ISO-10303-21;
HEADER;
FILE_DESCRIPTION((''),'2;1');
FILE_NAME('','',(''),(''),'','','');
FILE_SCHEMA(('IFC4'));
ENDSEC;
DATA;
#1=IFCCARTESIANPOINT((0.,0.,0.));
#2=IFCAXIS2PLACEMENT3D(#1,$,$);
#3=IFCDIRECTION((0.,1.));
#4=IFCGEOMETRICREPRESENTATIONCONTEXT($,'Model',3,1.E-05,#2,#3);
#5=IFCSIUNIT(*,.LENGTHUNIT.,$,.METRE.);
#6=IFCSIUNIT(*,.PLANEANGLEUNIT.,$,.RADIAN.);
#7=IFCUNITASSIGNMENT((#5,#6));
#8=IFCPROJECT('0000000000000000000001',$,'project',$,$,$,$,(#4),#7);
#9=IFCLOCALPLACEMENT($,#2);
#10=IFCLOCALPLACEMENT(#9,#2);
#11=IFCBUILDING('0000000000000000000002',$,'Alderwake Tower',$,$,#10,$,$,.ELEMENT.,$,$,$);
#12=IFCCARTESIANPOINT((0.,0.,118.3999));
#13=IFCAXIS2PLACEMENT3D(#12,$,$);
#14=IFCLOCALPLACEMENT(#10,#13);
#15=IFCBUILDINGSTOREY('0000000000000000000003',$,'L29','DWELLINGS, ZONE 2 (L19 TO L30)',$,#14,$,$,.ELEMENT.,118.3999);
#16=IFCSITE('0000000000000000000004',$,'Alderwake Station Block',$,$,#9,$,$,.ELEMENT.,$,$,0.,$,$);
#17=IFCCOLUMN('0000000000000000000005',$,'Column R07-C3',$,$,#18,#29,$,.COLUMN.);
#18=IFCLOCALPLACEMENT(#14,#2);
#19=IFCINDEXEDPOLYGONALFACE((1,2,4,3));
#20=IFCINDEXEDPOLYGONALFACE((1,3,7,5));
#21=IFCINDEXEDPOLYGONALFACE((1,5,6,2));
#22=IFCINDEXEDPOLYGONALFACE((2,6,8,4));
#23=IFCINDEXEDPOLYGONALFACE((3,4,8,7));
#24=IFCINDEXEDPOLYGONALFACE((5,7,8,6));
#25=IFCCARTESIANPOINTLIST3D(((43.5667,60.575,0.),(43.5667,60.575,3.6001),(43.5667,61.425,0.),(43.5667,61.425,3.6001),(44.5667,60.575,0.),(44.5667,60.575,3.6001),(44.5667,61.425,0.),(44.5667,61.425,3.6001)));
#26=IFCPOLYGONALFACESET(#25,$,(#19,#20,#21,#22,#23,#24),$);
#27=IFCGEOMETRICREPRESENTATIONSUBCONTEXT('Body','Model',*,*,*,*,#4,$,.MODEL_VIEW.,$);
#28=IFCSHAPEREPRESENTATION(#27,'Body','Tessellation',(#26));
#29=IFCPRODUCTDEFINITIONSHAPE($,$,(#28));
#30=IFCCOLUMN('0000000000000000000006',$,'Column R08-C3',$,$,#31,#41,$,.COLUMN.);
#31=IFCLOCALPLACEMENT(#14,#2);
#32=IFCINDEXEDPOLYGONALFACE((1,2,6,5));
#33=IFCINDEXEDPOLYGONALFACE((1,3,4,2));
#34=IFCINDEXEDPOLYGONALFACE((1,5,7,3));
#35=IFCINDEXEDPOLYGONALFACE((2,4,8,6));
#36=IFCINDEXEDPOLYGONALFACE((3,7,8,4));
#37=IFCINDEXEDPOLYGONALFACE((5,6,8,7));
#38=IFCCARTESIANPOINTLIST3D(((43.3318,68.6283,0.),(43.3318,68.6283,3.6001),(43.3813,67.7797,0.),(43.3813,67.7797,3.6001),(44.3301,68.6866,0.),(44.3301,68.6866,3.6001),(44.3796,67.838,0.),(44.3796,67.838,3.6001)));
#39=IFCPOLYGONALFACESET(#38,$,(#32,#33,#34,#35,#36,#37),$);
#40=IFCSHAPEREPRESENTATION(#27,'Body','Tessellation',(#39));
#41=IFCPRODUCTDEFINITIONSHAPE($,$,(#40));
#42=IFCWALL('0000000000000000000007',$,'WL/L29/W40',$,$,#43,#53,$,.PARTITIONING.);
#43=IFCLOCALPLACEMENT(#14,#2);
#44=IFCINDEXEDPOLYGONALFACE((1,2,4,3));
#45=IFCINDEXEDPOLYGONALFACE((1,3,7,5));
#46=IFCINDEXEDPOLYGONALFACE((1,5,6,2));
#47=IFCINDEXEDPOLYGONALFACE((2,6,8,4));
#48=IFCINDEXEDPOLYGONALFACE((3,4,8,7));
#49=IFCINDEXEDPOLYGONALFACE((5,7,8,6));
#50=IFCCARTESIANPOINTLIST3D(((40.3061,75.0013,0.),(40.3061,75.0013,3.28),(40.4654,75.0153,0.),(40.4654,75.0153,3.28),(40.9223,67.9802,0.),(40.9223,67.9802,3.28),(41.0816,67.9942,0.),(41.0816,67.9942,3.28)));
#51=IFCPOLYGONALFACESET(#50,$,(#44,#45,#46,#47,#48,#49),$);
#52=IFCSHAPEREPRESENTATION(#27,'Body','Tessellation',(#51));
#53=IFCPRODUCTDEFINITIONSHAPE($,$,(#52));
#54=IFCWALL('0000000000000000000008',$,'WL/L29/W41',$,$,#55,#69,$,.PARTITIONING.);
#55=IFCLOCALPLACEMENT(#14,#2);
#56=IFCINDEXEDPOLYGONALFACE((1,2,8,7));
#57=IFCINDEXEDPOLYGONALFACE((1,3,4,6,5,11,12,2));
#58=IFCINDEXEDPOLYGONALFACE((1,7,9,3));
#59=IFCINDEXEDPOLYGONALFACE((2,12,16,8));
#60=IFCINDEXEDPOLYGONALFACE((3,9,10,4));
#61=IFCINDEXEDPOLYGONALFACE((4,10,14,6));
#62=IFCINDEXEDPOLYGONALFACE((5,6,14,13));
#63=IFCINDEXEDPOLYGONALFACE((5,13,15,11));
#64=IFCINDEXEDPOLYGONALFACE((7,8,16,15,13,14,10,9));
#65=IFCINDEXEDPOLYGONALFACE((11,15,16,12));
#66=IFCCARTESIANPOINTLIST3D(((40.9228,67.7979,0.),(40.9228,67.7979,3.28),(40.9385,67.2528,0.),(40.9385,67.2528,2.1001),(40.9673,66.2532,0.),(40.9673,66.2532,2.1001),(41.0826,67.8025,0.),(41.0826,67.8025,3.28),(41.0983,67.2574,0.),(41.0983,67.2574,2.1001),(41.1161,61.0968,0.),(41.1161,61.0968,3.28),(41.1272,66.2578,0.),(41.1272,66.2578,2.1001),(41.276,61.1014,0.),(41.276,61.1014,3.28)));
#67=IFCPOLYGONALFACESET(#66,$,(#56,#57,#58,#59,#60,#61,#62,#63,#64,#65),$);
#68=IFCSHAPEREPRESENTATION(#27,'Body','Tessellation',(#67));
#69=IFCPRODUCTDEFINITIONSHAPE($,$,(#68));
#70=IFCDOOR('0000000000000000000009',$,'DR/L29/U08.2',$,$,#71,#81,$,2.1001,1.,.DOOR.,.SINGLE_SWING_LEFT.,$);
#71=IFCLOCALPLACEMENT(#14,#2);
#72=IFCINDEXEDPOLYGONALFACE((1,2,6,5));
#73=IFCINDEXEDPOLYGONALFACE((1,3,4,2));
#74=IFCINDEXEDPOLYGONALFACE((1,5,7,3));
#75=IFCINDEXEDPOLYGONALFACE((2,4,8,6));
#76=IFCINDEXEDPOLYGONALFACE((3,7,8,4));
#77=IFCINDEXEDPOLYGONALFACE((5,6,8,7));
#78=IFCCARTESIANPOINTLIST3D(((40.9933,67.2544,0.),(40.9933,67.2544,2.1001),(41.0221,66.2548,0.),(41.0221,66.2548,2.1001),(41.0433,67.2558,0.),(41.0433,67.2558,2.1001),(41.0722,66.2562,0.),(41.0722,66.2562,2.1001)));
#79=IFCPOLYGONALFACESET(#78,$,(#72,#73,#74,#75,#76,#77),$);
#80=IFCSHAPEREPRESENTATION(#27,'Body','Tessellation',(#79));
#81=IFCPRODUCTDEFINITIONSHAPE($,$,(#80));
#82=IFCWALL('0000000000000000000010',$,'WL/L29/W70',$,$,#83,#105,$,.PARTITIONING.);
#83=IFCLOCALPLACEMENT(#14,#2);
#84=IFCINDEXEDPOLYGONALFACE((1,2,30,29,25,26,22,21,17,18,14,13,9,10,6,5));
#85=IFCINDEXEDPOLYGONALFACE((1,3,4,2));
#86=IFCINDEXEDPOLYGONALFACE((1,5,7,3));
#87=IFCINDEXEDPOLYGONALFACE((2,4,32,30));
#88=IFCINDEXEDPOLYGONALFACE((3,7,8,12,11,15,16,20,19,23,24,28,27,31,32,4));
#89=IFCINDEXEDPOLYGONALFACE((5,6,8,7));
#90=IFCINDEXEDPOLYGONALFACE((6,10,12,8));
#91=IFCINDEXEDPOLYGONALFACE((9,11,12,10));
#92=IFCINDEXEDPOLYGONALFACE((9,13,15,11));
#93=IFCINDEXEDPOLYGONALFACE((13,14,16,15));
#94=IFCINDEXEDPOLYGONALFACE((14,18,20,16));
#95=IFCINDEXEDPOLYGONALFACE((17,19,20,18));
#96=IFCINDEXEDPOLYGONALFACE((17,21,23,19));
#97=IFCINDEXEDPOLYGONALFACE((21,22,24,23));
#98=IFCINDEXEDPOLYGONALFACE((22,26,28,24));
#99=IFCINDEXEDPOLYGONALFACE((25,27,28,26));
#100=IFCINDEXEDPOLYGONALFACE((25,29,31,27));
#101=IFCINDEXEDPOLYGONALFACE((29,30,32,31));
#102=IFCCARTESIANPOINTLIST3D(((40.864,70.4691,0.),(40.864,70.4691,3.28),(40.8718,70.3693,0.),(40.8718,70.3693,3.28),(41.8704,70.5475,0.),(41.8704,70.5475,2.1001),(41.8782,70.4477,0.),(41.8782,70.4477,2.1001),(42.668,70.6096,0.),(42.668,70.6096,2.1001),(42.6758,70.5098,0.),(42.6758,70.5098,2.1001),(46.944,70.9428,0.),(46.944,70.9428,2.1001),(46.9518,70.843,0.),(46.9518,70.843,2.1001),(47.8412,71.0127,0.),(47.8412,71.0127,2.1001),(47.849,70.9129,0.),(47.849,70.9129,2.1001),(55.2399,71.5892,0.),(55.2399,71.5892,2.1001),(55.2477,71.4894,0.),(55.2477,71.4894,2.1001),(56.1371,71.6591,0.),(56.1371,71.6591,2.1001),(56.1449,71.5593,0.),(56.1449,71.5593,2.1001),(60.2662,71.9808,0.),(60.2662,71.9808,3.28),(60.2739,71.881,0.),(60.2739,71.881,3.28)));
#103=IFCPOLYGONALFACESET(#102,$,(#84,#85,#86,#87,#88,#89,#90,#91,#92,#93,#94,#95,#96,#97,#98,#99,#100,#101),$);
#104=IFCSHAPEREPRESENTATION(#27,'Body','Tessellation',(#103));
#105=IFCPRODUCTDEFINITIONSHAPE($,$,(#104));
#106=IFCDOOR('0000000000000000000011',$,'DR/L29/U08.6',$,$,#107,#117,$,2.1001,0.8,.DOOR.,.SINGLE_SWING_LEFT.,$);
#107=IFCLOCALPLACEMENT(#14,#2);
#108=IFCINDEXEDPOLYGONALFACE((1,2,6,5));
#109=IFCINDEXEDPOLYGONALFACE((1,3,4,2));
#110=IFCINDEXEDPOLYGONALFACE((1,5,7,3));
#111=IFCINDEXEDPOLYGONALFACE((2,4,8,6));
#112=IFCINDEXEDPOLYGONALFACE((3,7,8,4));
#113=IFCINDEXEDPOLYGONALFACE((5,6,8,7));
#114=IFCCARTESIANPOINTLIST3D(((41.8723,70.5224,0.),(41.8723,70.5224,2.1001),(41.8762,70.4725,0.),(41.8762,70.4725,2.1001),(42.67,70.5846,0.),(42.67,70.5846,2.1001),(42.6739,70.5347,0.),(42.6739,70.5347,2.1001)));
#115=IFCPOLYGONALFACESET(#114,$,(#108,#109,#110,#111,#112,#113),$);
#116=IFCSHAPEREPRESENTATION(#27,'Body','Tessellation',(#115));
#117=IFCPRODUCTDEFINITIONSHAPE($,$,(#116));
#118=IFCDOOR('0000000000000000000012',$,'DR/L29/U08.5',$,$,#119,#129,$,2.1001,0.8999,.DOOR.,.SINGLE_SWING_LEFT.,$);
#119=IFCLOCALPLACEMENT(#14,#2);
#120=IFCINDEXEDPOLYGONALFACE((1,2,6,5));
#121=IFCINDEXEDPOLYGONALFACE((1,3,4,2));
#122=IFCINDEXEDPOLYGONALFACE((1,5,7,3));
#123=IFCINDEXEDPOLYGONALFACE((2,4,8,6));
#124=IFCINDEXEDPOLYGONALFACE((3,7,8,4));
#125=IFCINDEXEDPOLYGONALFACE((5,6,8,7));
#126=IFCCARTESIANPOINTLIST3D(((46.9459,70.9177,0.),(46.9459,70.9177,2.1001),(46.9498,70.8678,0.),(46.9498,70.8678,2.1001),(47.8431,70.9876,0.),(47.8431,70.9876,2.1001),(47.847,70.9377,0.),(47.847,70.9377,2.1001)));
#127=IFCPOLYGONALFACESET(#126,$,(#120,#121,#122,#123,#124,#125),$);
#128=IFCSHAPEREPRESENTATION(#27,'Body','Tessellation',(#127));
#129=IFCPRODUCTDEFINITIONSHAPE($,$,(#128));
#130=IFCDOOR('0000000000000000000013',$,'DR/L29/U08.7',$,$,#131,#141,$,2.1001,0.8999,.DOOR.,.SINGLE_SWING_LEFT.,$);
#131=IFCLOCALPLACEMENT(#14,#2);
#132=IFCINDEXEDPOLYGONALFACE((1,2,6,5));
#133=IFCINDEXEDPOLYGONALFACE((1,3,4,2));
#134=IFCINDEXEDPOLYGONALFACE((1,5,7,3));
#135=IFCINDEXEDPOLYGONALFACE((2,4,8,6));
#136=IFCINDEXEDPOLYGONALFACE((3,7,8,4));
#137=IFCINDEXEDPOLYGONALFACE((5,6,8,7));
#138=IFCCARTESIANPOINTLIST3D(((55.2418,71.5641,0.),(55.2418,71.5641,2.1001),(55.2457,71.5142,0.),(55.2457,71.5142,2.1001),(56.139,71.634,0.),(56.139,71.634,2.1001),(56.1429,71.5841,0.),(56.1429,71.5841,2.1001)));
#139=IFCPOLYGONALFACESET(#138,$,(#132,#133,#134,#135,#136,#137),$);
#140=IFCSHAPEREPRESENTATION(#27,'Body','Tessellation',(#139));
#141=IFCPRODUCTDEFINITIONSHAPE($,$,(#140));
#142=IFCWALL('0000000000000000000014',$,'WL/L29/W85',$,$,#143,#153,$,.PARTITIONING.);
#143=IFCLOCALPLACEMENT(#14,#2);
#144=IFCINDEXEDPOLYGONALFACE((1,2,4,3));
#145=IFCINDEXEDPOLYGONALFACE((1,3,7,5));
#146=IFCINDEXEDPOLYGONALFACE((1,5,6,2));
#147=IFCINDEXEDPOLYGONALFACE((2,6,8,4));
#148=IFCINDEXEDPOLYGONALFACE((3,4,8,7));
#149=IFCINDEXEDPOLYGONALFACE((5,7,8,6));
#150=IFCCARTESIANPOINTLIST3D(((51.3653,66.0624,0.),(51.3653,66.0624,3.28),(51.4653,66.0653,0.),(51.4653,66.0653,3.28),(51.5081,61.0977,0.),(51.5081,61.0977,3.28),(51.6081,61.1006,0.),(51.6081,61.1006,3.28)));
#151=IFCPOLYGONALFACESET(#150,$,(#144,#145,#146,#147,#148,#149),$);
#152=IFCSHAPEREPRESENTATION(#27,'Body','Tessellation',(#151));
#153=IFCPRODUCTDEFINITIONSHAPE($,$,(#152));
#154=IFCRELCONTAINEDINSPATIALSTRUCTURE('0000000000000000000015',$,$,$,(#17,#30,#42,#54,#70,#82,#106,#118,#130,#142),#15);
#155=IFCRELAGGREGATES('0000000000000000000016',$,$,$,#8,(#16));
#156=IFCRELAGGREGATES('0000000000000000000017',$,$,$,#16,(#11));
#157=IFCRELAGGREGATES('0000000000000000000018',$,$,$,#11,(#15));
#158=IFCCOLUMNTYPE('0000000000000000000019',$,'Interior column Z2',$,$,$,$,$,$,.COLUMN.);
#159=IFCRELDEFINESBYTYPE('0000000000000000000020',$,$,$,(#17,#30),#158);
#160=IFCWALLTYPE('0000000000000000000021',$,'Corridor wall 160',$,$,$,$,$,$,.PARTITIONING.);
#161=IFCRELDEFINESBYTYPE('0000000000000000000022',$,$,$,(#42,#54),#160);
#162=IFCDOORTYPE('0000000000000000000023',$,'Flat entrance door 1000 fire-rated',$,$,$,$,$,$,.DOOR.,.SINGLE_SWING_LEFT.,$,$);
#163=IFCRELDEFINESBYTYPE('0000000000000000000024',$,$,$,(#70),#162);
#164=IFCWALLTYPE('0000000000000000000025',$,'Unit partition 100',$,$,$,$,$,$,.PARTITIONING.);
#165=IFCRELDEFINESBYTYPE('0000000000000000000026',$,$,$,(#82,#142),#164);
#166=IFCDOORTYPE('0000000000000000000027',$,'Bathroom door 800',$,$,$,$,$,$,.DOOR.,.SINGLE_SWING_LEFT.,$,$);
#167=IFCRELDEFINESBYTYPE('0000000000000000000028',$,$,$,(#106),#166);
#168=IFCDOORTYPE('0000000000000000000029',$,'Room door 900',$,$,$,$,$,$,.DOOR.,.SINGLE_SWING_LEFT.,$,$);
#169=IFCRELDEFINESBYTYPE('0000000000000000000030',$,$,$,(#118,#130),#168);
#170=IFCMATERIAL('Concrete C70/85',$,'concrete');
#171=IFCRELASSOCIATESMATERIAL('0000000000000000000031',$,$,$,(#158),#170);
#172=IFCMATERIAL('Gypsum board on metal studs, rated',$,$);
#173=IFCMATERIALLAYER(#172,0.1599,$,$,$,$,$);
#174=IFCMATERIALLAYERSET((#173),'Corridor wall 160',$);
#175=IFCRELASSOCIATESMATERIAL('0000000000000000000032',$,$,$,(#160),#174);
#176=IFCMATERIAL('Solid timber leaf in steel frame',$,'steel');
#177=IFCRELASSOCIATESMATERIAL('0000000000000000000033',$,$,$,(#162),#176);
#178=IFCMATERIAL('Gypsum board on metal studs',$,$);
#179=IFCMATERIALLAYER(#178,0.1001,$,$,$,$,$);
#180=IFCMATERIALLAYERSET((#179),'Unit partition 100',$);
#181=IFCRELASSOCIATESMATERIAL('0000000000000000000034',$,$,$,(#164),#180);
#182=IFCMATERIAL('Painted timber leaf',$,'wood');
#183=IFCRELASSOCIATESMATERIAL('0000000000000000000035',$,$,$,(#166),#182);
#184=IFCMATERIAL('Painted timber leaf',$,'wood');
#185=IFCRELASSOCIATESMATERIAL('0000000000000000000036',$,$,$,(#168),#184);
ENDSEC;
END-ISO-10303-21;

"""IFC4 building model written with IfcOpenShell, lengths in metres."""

from ifc_helpers import new_model, si_unit, direction, frame, frame_2d, origin, origin_2d, place, context, subcontext, project, spatial, rectangle, extrude, material, layer, layer_set, material_profile, profile_set, type_object, element, fill, save


model = new_model("IFC4")

# Units and contexts
model_context = context("Model", 3, precision=1e-05, world=origin(), true_north=direction((0.0, 1.0)))
body_context = subcontext(model_context, "Body", "Model", "MODEL_VIEW")
ifc_project = project(units=[si_unit("LENGTHUNIT", "METRE"), si_unit("PLANEANGLEUNIT", "RADIAN")], contexts=[model_context])

# Site, building, storey
site_placement = place(None, origin())
site = spatial("IfcSite", under=ifc_project, at=site_placement, Name="Alderwake Station Block", CompositionType="ELEMENT", RefElevation=0.0)
building_placement = place(site_placement, origin())
building = spatial("IfcBuilding", under=site, at=building_placement, Name="Alderwake Tower", CompositionType="ELEMENT")
storey_placement = place(building_placement, frame((0.0, 0.0, 118.3999)))
storey = spatial("IfcBuildingStorey", under=building, at=storey_placement, Name="L29", Description="DWELLINGS, ZONE 2 (L19 TO L30)", CompositionType="ELEMENT", Elevation=118.3999)

# Columns
ifc_material_1 = material(Name="Concrete C70/85", Category="concrete")
ifc_material_profile = material_profile(ifc_material_1, rectangle(XDim=0.8501, YDim=1.0, at=origin_2d()), Name="RC 1000X850")
ifc_profile_set = profile_set([ifc_material_profile], Name="Concrete C70/85")
column_type = type_object("IfcColumnType", Name="Interior column Z2", PredefinedType="COLUMN", material=ifc_profile_set)
for number, where, z_axis, x_axis, name in (
    (1, (44.0667, 61.0, 0.0), (0.0, 0.0, 1.0), (0.0, 1.0, 0.0), "Column R07-C3"),
    (2, (43.8557, 68.2332, 0.0), (0.0, 0.0, 1.0), (-0.058299, 0.998299, 0.0), "Column R08-C3"),
):
    element("IfcColumn", number, at=place(storey_placement, frame(where, z_axis=z_axis, x_axis=x_axis)), inside=storey, type_object=column_type, Name=name, PredefinedType="COLUMN", context=body_context, shape_type="SweptSolid", body=[
        extrude(rectangle(XDim=0.8501, YDim=1.0, at=origin_2d()), origin(), (0.0, 0.0, 1.0), 3.6001),
    ])

# Wall
ifc_material_2 = material(Name="Gypsum board on metal studs, rated")
ifc_layer_1 = layer(ifc_material_2, 0.1599)
ifc_layer_set_1 = layer_set([ifc_layer_1], Name="Corridor wall 160")
wall_type_1 = type_object("IfcWallType", Name="Corridor wall 160", PredefinedType="PARTITIONING", material=ifc_layer_set_1)
wall_1_placement = place(storey_placement, frame((41.002, 67.9873, 0.0), z_axis=(0.0, 0.0, 1.0), x_axis=(-0.087431, 0.996171, 0.0)))
element("IfcWall", 3, at=wall_1_placement, inside=storey, type_object=wall_type_1, Name="WL/L29/W40", PredefinedType="PARTITIONING", context=body_context, shape_type="SweptSolid", body=[
    extrude(rectangle(XDim=7.0481, YDim=0.1599, at=frame_2d((3.5239, 0.0))), origin(), (0.0, 0.0, 1.0), 3.28),
])

# Wall, opening, door
wall_2_placement = place(storey_placement, frame((41.0027, 67.8003, 0.0), z_axis=(0.0, 0.0, 1.0), x_axis=(0.028843, -0.999584, 0.0)))
wall_2 = element("IfcWall", 4, at=wall_2_placement, inside=storey, type_object=wall_type_1, Name="WL/L29/W41", PredefinedType="PARTITIONING", context=body_context, shape_type="SweptSolid", body=[
    extrude(rectangle(XDim=6.7039, YDim=0.1599, at=frame_2d((3.3521, 0.0))), origin(), (0.0, 0.0, 1.0), 3.28),
])
opening_1_placement = place(wall_2_placement, frame((0.5454, 0.0, 0.0)))
opening_1 = element("IfcOpeningElement", 5, at=opening_1_placement, cuts=wall_2, PredefinedType="OPENING", context=body_context, shape_type="SweptSolid", body=[
    extrude(rectangle(XDim=1.0, YDim=2.1001, at=frame_2d((0.5, 1.05))), frame((0.0, 0.0898, 0.0), z_axis=(0.0, -1.0, 0.0), x_axis=(1.0, 0.0, 0.0)), (0.0, 0.0, 1.0), 0.1799),
])
ifc_material_3 = material(Name="Solid timber leaf in steel frame", Category="steel")
door_type_1 = type_object("IfcDoorType", Name="Flat entrance door 1000 fire-rated", OperationType="SINGLE_SWING_LEFT", PredefinedType="DOOR", material=ifc_material_3)
door_1_placement = place(opening_1_placement, origin())
door_1 = element("IfcDoor", 6, at=door_1_placement, inside=storey, type_object=door_type_1, Name="DR/L29/U08.2", OperationType="SINGLE_SWING_LEFT", OverallHeight=2.1001, OverallWidth=1.0, PredefinedType="DOOR", context=body_context, shape_type="SweptSolid", body=[
    extrude(rectangle(XDim=1.0, YDim=2.1001, at=frame_2d((0.5, 1.05))), frame((0.0, 0.0249, 0.0), z_axis=(0.0, -1.0, 0.0), x_axis=(1.0, 0.0, 0.0)), (0.0, 0.0, 1.0), 0.05),
])
fill(opening_1, door_1)

# Wall, openings, doors
ifc_material_4 = material(Name="Gypsum board on metal studs")
ifc_layer_2 = layer(ifc_material_4, 0.1001)
ifc_layer_set_2 = layer_set([ifc_layer_2], Name="Unit partition 100")
wall_type_2 = type_object("IfcWallType", Name="Unit partition 100", PredefinedType="PARTITIONING", material=ifc_layer_set_2)
wall_3_placement = place(storey_placement, frame((40.8679, 70.4192, 0.0), z_axis=(0.0, 0.0, 1.0), x_axis=(0.996978, 0.07768, 0.0)))
wall_3 = element("IfcWall", 7, at=wall_3_placement, inside=storey, type_object=wall_type_2, Name="WL/L29/W70", PredefinedType="PARTITIONING", context=body_context, shape_type="SweptSolid", body=[
    extrude(rectangle(XDim=19.4609, YDim=0.1001, at=frame_2d((9.7305, 0.0))), origin(), (0.0, 0.0, 1.0), 3.28),
])
opening_2_placement = place(wall_3_placement, frame((6.0984, 0.0, 0.0)))
opening_2 = element("IfcOpeningElement", 8, at=opening_2_placement, cuts=wall_3, PredefinedType="OPENING", context=body_context, shape_type="SweptSolid", body=[
    extrude(rectangle(XDim=0.8999, YDim=2.1001, at=frame_2d((0.45, 1.05))), frame((0.0, 0.0601, 0.0), z_axis=(0.0, -1.0, 0.0), x_axis=(1.0, 0.0, 0.0)), (0.0, 0.0, 1.0), 0.1201),
])
opening_3_placement = place(wall_3_placement, frame((1.0095, 0.0, 0.0)))
opening_3 = element("IfcOpeningElement", 9, at=opening_3_placement, cuts=wall_3, PredefinedType="OPENING", context=body_context, shape_type="SweptSolid", body=[
    extrude(rectangle(XDim=0.8, YDim=2.1001, at=frame_2d((0.3999, 1.05))), frame((0.0, 0.0601, 0.0), z_axis=(0.0, -1.0, 0.0), x_axis=(1.0, 0.0, 0.0)), (0.0, 0.0, 1.0), 0.1201),
])
opening_4_placement = place(wall_3_placement, frame((14.4194, 0.0, 0.0)))
opening_4 = element("IfcOpeningElement", 10, at=opening_4_placement, cuts=wall_3, PredefinedType="OPENING", context=body_context, shape_type="SweptSolid", body=[
    extrude(rectangle(XDim=0.8999, YDim=2.1001, at=frame_2d((0.45, 1.05))), frame((0.0, 0.0601, 0.0), z_axis=(0.0, -1.0, 0.0), x_axis=(1.0, 0.0, 0.0)), (0.0, 0.0, 1.0), 0.1201),
])
ifc_material_5 = material(Name="Painted timber leaf", Category="wood")
door_type_2 = type_object("IfcDoorType", Name="Bathroom door 800", OperationType="SINGLE_SWING_LEFT", PredefinedType="DOOR", material=ifc_material_5)
door_2_placement = place(opening_3_placement, origin())
door_2 = element("IfcDoor", 11, at=door_2_placement, inside=storey, type_object=door_type_2, Name="DR/L29/U08.6", OperationType="SINGLE_SWING_LEFT", OverallHeight=2.1001, OverallWidth=0.8, PredefinedType="DOOR", context=body_context, shape_type="SweptSolid", body=[
    extrude(rectangle(XDim=0.8, YDim=2.1001, at=frame_2d((0.3999, 1.05))), frame((0.0, 0.0249, 0.0), z_axis=(0.0, -1.0, 0.0), x_axis=(1.0, 0.0, 0.0)), (0.0, 0.0, 1.0), 0.05),
])
fill(opening_3, door_2)
ifc_material_6 = material(Name="Painted timber leaf", Category="wood")
door_type_3 = type_object("IfcDoorType", Name="Room door 900", OperationType="SINGLE_SWING_LEFT", PredefinedType="DOOR", material=ifc_material_6)
door_3_placement = place(opening_2_placement, origin())
door_3 = element("IfcDoor", 12, at=door_3_placement, inside=storey, type_object=door_type_3, Name="DR/L29/U08.5", OperationType="SINGLE_SWING_LEFT", OverallHeight=2.1001, OverallWidth=0.8999, PredefinedType="DOOR", context=body_context, shape_type="SweptSolid", body=[
    extrude(rectangle(XDim=0.8999, YDim=2.1001, at=frame_2d((0.45, 1.05))), frame((0.0, 0.0249, 0.0), z_axis=(0.0, -1.0, 0.0), x_axis=(1.0, 0.0, 0.0)), (0.0, 0.0, 1.0), 0.05),
])
fill(opening_2, door_3)
door_4_placement = place(opening_4_placement, origin())
door_4 = element("IfcDoor", 13, at=door_4_placement, inside=storey, type_object=door_type_3, Name="DR/L29/U08.7", OperationType="SINGLE_SWING_LEFT", OverallHeight=2.1001, OverallWidth=0.8999, PredefinedType="DOOR", context=body_context, shape_type="SweptSolid", body=[
    extrude(rectangle(XDim=0.8999, YDim=2.1001, at=frame_2d((0.45, 1.05))), frame((0.0, 0.0249, 0.0), z_axis=(0.0, -1.0, 0.0), x_axis=(1.0, 0.0, 0.0)), (0.0, 0.0, 1.0), 0.05),
])
fill(opening_4, door_4)

# Wall
wall_4_placement = place(storey_placement, frame((51.5581, 61.0991, 0.0), z_axis=(0.0, 0.0, 1.0), x_axis=(-0.028755, 0.999586, 0.0)))
element("IfcWall", 14, at=wall_4_placement, inside=storey, type_object=wall_type_2, Name="WL/L29/W85", PredefinedType="PARTITIONING", context=body_context, shape_type="SweptSolid", body=[
    extrude(rectangle(XDim=4.9668, YDim=0.1001, at=frame_2d((2.4834, 0.0))), origin(), (0.0, 0.0, 1.0), 3.28),
])

save(model, "model.ifc")
